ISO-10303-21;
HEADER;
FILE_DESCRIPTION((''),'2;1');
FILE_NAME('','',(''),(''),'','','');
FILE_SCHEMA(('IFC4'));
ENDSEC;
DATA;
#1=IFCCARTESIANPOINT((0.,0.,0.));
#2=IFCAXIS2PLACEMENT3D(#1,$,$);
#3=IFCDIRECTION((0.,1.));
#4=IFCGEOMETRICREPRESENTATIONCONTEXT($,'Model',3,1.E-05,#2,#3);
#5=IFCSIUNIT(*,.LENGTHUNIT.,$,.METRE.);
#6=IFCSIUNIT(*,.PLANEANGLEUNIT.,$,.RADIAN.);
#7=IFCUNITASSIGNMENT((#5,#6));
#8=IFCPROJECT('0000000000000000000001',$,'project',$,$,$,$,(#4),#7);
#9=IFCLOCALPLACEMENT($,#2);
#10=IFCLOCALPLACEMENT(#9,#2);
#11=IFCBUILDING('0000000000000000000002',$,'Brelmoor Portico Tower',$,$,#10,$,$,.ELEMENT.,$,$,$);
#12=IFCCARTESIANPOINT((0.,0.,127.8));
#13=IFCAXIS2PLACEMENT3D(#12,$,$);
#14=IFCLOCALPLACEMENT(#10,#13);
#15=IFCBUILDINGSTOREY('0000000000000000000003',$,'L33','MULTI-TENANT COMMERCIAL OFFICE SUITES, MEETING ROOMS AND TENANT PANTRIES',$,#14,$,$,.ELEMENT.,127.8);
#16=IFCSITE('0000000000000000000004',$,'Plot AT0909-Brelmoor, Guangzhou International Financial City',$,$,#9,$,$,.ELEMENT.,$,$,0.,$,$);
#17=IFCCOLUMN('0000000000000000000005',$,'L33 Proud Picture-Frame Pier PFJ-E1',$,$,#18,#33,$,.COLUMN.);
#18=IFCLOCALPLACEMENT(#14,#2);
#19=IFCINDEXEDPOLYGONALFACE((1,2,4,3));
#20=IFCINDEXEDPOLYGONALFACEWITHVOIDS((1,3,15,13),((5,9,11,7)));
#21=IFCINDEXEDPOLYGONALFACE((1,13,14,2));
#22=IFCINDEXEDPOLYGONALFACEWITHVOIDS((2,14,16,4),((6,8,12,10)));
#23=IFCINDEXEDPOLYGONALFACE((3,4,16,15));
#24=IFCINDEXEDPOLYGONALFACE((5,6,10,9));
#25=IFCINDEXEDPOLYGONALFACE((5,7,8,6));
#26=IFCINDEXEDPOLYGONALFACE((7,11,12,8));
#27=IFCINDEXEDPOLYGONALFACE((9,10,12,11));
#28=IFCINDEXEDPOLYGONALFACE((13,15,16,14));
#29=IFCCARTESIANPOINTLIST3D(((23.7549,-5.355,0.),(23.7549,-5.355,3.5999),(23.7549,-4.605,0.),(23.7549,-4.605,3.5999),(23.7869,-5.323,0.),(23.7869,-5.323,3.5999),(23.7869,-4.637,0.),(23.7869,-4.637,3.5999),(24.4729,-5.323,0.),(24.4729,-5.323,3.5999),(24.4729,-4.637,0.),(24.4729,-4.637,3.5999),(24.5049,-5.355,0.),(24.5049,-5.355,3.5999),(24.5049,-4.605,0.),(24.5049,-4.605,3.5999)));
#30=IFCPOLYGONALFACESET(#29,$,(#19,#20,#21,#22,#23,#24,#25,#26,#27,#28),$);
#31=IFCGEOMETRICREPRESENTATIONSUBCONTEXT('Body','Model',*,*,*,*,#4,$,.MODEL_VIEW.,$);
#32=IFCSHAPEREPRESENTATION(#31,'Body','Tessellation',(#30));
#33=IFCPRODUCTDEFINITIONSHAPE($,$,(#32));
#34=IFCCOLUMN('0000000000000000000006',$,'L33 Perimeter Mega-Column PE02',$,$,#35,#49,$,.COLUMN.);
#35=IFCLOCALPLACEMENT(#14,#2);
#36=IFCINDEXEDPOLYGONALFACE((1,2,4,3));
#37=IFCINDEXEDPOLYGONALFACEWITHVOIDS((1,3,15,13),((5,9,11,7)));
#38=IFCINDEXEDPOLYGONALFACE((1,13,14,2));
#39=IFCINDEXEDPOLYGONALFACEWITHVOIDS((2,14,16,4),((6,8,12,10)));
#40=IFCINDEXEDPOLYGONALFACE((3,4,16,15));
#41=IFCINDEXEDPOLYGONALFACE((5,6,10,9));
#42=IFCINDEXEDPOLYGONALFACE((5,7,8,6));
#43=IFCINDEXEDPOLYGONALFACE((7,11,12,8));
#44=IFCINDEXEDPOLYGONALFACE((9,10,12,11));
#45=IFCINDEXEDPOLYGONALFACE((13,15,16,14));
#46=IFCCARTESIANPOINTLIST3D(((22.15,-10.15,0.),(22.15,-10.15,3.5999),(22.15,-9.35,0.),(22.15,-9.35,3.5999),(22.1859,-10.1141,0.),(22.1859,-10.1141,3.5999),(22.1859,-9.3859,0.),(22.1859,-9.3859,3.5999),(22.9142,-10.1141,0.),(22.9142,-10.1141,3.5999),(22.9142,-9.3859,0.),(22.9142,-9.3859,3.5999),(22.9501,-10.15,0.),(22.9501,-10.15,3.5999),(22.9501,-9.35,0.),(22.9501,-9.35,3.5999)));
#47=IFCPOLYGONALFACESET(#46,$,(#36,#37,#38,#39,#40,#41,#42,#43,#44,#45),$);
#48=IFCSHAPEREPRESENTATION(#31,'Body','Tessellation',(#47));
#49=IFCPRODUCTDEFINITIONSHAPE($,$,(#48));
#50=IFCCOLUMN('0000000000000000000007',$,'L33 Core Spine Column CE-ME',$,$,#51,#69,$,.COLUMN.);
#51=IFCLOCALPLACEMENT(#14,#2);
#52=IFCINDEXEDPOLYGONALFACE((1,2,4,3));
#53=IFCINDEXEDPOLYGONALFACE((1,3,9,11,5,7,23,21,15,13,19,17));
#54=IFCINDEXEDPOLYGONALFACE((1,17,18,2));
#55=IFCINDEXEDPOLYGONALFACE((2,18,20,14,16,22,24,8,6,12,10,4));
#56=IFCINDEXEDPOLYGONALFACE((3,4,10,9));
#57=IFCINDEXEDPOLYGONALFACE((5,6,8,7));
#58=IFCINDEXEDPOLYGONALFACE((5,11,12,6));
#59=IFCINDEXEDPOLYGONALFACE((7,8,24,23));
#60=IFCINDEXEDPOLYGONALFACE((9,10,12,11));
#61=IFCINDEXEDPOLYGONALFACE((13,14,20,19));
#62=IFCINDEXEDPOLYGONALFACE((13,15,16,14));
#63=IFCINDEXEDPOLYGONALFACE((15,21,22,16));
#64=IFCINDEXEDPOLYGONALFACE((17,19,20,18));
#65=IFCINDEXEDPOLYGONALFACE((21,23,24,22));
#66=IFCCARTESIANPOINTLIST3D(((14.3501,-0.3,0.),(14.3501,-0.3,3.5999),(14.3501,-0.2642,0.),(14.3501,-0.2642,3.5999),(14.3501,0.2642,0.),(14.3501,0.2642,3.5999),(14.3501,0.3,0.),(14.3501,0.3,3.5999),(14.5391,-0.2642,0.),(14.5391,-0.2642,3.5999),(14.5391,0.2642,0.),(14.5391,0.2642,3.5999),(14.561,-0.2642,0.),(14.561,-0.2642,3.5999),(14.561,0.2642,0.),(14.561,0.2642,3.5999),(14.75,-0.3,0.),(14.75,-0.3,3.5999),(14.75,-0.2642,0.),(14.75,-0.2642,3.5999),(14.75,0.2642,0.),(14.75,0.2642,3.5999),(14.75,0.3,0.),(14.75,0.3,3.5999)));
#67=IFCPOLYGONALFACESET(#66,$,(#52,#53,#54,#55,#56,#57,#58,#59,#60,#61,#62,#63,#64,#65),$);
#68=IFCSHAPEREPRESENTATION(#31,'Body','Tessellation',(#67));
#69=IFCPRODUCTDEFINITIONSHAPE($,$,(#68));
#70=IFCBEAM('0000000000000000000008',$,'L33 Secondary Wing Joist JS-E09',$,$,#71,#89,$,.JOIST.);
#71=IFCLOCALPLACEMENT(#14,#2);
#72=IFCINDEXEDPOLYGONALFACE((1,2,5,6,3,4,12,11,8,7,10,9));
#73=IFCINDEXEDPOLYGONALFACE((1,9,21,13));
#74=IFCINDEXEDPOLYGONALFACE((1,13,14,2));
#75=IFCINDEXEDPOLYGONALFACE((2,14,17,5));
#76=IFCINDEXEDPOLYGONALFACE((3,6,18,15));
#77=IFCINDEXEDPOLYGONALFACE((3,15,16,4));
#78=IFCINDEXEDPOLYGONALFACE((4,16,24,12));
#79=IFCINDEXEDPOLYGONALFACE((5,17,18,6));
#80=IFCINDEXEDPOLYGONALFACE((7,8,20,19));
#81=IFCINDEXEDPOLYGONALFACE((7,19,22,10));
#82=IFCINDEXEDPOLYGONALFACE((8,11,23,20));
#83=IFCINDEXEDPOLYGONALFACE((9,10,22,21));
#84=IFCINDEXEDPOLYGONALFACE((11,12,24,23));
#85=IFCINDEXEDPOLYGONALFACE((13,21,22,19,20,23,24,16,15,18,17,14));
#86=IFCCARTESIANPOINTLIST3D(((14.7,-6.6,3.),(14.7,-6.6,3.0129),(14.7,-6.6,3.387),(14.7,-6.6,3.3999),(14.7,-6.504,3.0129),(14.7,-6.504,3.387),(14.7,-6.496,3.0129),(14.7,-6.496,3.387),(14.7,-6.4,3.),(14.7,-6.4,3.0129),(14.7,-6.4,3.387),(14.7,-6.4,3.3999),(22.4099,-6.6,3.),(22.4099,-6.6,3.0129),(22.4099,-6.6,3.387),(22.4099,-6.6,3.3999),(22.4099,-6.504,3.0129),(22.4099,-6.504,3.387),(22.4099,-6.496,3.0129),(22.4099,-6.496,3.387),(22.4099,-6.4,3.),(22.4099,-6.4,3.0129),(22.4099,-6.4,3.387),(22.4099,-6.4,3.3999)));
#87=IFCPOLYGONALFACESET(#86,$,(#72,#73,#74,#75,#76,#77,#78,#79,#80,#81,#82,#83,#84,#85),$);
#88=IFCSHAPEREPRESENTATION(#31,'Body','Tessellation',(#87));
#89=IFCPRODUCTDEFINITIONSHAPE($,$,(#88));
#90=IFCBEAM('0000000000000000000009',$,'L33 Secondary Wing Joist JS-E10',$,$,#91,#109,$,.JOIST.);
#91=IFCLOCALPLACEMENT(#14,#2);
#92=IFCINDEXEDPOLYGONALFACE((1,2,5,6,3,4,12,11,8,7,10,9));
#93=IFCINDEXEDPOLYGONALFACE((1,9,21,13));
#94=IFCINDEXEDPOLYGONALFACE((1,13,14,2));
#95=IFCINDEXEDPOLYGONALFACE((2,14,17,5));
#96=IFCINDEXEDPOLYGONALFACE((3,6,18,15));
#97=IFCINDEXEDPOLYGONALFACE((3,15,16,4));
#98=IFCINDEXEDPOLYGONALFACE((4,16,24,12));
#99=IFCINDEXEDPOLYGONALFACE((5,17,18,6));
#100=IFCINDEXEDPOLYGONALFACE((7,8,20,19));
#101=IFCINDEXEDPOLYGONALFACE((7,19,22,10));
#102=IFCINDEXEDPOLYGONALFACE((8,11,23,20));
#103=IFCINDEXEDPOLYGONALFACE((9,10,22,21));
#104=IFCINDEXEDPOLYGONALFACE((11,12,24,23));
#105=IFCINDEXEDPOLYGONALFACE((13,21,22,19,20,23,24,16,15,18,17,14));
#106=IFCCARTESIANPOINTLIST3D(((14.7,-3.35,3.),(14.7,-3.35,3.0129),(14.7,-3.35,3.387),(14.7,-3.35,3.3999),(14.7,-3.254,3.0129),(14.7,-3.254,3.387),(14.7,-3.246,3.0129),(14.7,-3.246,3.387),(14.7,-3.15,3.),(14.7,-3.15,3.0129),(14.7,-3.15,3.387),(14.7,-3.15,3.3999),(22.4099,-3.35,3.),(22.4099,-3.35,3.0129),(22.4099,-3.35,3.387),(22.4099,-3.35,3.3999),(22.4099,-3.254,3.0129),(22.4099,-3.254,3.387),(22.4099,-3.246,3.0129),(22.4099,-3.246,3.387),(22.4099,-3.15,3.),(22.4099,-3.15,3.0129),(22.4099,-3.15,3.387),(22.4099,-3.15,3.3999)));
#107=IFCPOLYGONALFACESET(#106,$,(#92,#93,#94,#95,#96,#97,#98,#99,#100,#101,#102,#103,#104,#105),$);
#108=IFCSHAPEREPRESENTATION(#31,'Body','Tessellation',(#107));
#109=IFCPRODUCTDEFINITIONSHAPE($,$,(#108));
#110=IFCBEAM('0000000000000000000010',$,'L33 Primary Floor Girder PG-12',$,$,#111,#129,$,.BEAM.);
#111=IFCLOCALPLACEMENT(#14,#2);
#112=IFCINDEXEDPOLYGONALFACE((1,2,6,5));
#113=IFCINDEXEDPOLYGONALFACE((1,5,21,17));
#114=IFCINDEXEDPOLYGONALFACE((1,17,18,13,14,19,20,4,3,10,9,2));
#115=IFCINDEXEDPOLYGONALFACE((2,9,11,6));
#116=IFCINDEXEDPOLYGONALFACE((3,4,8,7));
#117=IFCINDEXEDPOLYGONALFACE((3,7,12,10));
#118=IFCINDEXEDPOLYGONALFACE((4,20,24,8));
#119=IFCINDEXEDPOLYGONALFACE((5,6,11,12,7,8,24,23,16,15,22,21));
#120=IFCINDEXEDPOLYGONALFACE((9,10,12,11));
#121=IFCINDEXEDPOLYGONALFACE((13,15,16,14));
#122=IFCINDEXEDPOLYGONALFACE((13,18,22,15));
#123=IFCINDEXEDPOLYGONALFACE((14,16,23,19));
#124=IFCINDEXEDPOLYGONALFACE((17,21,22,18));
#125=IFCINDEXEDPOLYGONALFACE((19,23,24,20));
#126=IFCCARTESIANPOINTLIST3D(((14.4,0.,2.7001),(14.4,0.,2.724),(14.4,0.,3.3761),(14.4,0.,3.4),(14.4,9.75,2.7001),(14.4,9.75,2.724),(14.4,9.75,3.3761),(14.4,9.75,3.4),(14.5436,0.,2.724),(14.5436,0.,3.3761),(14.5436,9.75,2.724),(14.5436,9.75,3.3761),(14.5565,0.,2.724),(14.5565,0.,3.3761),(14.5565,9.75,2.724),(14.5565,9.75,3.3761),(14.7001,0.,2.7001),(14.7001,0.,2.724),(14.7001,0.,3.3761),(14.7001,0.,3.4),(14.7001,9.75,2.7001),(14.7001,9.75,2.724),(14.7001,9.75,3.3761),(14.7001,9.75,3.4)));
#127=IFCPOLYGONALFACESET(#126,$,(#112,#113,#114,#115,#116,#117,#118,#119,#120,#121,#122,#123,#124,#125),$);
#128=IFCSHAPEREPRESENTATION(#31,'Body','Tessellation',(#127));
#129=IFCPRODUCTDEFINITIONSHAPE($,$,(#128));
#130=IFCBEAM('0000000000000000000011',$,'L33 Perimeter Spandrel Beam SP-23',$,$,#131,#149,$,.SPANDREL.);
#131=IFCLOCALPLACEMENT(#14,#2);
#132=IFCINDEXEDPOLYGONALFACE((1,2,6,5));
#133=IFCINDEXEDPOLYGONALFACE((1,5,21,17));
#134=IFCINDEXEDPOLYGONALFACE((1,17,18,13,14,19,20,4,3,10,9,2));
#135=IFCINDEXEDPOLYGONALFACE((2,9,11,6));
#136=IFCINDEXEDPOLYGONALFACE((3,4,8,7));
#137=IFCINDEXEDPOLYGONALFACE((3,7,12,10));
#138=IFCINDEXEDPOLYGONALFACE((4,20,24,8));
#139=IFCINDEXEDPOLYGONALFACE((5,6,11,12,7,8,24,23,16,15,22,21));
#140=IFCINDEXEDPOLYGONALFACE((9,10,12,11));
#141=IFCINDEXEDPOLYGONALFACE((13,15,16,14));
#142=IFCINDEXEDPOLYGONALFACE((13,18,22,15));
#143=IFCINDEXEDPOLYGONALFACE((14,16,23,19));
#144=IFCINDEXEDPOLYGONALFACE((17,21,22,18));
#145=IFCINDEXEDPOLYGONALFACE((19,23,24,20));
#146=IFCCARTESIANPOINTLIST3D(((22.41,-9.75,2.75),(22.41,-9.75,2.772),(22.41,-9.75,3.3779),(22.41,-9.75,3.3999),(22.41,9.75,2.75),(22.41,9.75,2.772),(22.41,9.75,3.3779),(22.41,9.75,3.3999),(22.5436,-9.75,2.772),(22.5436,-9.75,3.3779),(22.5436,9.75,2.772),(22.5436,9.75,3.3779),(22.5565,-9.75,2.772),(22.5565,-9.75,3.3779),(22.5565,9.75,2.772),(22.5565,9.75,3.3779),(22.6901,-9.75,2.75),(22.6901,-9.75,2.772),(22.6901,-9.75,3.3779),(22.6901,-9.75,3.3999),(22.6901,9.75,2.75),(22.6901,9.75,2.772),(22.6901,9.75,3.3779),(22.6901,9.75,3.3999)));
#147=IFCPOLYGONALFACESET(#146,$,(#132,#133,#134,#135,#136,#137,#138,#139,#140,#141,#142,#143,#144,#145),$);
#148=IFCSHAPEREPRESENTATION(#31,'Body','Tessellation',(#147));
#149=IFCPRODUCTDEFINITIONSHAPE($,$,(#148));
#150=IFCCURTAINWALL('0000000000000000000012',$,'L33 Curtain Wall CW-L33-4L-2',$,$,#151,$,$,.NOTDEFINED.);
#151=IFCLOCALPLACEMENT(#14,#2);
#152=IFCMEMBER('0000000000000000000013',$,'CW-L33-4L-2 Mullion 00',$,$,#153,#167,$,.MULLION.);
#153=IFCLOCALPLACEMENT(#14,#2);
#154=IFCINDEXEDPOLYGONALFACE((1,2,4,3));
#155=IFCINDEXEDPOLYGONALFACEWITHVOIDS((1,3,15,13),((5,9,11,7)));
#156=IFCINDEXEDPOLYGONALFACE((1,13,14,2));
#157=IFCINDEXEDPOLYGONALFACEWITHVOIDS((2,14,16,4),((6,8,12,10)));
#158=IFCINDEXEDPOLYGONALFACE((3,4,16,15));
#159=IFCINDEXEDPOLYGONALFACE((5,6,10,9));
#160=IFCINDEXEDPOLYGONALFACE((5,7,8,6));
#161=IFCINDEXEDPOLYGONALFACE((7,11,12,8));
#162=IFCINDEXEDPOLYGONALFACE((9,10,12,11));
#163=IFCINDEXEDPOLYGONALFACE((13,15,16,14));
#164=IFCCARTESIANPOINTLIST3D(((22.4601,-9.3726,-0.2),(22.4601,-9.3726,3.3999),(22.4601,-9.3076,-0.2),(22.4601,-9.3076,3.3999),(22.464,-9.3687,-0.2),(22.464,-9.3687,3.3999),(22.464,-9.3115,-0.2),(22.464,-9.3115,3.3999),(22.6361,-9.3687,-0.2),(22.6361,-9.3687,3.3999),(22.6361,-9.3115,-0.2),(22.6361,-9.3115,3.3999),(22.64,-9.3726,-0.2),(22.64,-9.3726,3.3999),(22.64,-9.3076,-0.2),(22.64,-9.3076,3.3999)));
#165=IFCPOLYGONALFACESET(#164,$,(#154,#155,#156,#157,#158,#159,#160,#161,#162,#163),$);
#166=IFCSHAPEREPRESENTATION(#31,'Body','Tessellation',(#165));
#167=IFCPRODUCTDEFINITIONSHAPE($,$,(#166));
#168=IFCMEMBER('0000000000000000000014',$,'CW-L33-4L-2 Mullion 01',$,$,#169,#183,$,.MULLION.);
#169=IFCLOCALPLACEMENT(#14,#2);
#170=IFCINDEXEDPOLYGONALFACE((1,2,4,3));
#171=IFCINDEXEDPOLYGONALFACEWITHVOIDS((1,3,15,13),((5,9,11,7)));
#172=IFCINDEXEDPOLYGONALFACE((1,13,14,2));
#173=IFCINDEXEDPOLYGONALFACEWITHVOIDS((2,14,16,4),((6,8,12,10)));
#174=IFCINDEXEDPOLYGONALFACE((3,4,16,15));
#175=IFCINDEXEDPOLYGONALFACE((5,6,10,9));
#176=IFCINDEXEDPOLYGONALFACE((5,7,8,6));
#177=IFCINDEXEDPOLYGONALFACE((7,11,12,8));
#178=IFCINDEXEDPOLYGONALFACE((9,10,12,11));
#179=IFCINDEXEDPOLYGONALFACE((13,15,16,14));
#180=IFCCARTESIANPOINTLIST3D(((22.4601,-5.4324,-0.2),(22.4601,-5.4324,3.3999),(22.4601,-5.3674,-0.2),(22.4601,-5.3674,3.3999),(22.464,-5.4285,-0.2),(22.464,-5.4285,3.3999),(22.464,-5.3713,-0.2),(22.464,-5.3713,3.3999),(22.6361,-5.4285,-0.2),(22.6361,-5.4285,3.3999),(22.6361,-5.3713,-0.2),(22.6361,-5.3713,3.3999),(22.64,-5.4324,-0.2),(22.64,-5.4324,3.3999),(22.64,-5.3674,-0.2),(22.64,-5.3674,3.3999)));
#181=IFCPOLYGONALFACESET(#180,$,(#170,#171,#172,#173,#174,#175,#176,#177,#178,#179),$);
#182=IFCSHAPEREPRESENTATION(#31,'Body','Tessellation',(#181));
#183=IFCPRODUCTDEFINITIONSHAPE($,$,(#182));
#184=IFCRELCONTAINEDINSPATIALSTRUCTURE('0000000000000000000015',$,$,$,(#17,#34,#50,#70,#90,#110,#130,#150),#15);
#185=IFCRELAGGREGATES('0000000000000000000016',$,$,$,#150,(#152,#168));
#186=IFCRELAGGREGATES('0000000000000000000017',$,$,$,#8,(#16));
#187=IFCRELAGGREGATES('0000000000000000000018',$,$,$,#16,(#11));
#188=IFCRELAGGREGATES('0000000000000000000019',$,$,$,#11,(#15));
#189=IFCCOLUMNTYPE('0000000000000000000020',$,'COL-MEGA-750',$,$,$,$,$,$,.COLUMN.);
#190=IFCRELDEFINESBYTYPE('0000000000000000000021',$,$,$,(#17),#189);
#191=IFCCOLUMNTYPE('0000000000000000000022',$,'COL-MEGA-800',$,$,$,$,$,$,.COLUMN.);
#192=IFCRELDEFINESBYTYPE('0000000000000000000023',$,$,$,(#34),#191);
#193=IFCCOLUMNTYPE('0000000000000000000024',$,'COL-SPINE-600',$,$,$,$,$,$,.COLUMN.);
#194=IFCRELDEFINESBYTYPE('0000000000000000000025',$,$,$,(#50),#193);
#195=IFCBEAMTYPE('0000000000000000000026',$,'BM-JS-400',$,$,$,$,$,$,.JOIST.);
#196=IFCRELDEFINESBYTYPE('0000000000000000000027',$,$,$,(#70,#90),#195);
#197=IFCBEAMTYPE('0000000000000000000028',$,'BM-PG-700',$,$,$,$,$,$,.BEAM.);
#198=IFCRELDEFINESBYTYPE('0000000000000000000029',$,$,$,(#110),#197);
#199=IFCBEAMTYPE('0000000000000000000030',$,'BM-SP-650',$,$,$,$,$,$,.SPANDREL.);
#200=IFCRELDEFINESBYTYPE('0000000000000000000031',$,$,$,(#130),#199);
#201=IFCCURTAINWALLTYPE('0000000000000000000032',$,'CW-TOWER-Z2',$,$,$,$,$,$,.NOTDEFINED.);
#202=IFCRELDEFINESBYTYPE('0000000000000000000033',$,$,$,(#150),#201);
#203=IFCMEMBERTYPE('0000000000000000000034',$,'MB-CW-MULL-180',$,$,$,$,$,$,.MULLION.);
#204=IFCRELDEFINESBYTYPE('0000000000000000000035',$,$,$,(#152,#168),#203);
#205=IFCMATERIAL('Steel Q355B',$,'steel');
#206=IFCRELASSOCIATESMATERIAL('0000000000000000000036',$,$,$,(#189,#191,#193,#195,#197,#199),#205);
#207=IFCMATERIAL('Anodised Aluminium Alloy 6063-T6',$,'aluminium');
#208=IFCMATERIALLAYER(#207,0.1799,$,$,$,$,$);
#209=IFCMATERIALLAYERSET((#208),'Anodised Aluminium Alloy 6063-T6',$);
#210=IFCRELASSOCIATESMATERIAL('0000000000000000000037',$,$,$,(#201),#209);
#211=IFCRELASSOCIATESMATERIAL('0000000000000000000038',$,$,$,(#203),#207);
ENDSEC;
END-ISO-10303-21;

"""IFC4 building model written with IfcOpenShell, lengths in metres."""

from ifc_helpers import new_model, si_unit, direction, frame, origin, origin_2d, place, context, subcontext, project, spatial, hollow_rectangle, i_section, extrude, material, layer, layer_set, material_profile, profile_set, type_object, element, aggregate, save


model = new_model("IFC4")

# Units and contexts
model_context = context("Model", 3, precision=1e-05, world=origin(), true_north=direction((0.0, 1.0)))
body_context = subcontext(model_context, "Body", "Model", "MODEL_VIEW")
ifc_project = project(units=[si_unit("LENGTHUNIT", "METRE"), si_unit("PLANEANGLEUNIT", "RADIAN")], contexts=[model_context])

# Site, building, storey
site_placement = place(None, origin())
site = spatial("IfcSite", under=ifc_project, at=site_placement, Name="Plot AT0909-Brelmoor, Guangzhou International Financial City", CompositionType="ELEMENT", RefElevation=0.0)
building_placement = place(site_placement, origin())
building = spatial("IfcBuilding", under=site, at=building_placement, Name="Brelmoor Portico Tower", CompositionType="ELEMENT")
storey_placement = place(building_placement, frame((0.0, 0.0, 127.8)))
storey = spatial("IfcBuildingStorey", under=building, at=storey_placement, Name="L33", Description="MULTI-TENANT COMMERCIAL OFFICE SUITES, MEETING ROOMS AND TENANT PANTRIES", CompositionType="ELEMENT", Elevation=127.8)

# Columns
ifc_material_1 = material(Name="Steel Q355B", Category="steel")
ifc_material_profile_1 = material_profile(ifc_material_1, hollow_rectangle(XDim=0.75, YDim=0.75, WallThickness=0.032, at=origin_2d()), Name="BOX 750x750x32")
ifc_profile_set_1 = profile_set([ifc_material_profile_1], Name="Steel Q355B")
column_type_1 = type_object("IfcColumnType", Name="COL-MEGA-750", PredefinedType="COLUMN", material=ifc_profile_set_1)
column_1_placement = place(storey_placement, frame((24.1299, -4.98, 0.0), z_axis=(0.0, 0.0, 1.0), x_axis=(0.0, 1.0, 0.0)))
element("IfcColumn", 1, at=column_1_placement, inside=storey, type_object=column_type_1, Name="L33 Proud Picture-Frame Pier PFJ-E1", PredefinedType="COLUMN", context=body_context, shape_type="SweptSolid", body=[
    extrude(hollow_rectangle(XDim=0.75, YDim=0.75, WallThickness=0.032, at=origin_2d()), origin(), (0.0, 0.0, 1.0), 3.5999),
])
ifc_material_profile_2 = material_profile(ifc_material_1, hollow_rectangle(XDim=0.8, YDim=0.8, WallThickness=0.0359, at=origin_2d()), Name="BOX 800x800x36")
ifc_profile_set_2 = profile_set([ifc_material_profile_2], Name="Steel Q355B")
column_type_2 = type_object("IfcColumnType", Name="COL-MEGA-800", PredefinedType="COLUMN", material=ifc_profile_set_2)
column_2_placement = place(storey_placement, frame((22.55, -9.75, 0.0), z_axis=(0.0, 0.0, 1.0), x_axis=(0.0, 1.0, 0.0)))
element("IfcColumn", 2, at=column_2_placement, inside=storey, type_object=column_type_2, Name="L33 Perimeter Mega-Column PE02", PredefinedType="COLUMN", context=body_context, shape_type="SweptSolid", body=[
    extrude(hollow_rectangle(XDim=0.8, YDim=0.8, WallThickness=0.0359, at=origin_2d()), origin(), (0.0, 0.0, 1.0), 3.5999),
])
ifc_material_profile_3 = material_profile(ifc_material_1, i_section(OverallWidth=0.3999, OverallDepth=0.6001, WebThickness=0.022, FlangeThickness=0.0359, at=origin_2d()), Name="HW 600x400x22x36")
ifc_profile_set_3 = profile_set([ifc_material_profile_3], Name="Steel Q355B")
column_type_3 = type_object("IfcColumnType", Name="COL-SPINE-600", PredefinedType="COLUMN", material=ifc_profile_set_3)
column_3_placement = place(storey_placement, frame((14.55, 0.0, 0.0), z_axis=(0.0, 0.0, 1.0), x_axis=(1.0, 0.0, 0.0)))
element("IfcColumn", 3, at=column_3_placement, inside=storey, type_object=column_type_3, Name="L33 Core Spine Column CE-ME", PredefinedType="COLUMN", context=body_context, shape_type="SweptSolid", body=[
    extrude(i_section(OverallWidth=0.3999, OverallDepth=0.6001, WebThickness=0.022, FlangeThickness=0.0359, at=origin_2d()), origin(), (0.0, 0.0, 1.0), 3.5999),
])

# Beams
ifc_material_profile_4 = material_profile(ifc_material_1, i_section(OverallWidth=0.2, OverallDepth=0.3999, WebThickness=0.0081, FlangeThickness=0.0129, at=origin_2d()), Name="HN 400x200x8x13")
ifc_profile_set_4 = profile_set([ifc_material_profile_4], Name="Steel Q355B")
beam_type_1 = type_object("IfcBeamType", Name="BM-JS-400", PredefinedType="JOIST", material=ifc_profile_set_4)
for number, where, z_axis, x_axis, name in (
    (4, (14.7, -6.5, 3.2), (1.0, 0.0, 0.0), (0.0, 1.0, 0.0), "L33 Secondary Wing Joist JS-E09"),
    (5, (14.7, -3.25, 3.2), (1.0, 0.0, 0.0), (0.0, 1.0, 0.0), "L33 Secondary Wing Joist JS-E10"),
):
    element("IfcBeam", number, at=place(storey_placement, frame(where, z_axis=z_axis, x_axis=x_axis)), inside=storey, type_object=beam_type_1, Name=name, PredefinedType="JOIST", context=body_context, shape_type="SweptSolid", body=[
        extrude(i_section(OverallWidth=0.2, OverallDepth=0.3999, WebThickness=0.0081, FlangeThickness=0.0129, at=origin_2d()), origin(), (0.0, 0.0, 1.0), 7.71),
    ])
ifc_material_profile_5 = material_profile(ifc_material_1, i_section(OverallWidth=0.3, OverallDepth=0.7, WebThickness=0.0129, FlangeThickness=0.0239, at=origin_2d()), Name="HN 700x300x13x24")
ifc_profile_set_5 = profile_set([ifc_material_profile_5], Name="Steel Q355B")
beam_type_2 = type_object("IfcBeamType", Name="BM-PG-700", PredefinedType="BEAM", material=ifc_profile_set_5)
beam_1_placement = place(storey_placement, frame((14.55, 0.0, 3.05), z_axis=(0.0, 1.0, 0.0), x_axis=(-1.0, 0.0, 0.0)))
element("IfcBeam", 6, at=beam_1_placement, inside=storey, type_object=beam_type_2, Name="L33 Primary Floor Girder PG-12", PredefinedType="BEAM", context=body_context, shape_type="SweptSolid", body=[
    extrude(i_section(OverallWidth=0.3, OverallDepth=0.7, WebThickness=0.0129, FlangeThickness=0.0239, at=origin_2d()), origin(), (0.0, 0.0, 1.0), 9.75),
])
ifc_material_profile_6 = material_profile(ifc_material_1, i_section(OverallWidth=0.28, OverallDepth=0.6499, WebThickness=0.0129, FlangeThickness=0.022, at=origin_2d()), Name="HN 650x280x13x22")
ifc_profile_set_6 = profile_set([ifc_material_profile_6], Name="Steel Q355B")
beam_type_3 = type_object("IfcBeamType", Name="BM-SP-650", PredefinedType="SPANDREL", material=ifc_profile_set_6)
beam_2_placement = place(storey_placement, frame((22.55, -9.75, 3.075), z_axis=(0.0, 1.0, 0.0), x_axis=(-1.0, 0.0, 0.0)))
element("IfcBeam", 7, at=beam_2_placement, inside=storey, type_object=beam_type_3, Name="L33 Perimeter Spandrel Beam SP-23", PredefinedType="SPANDREL", context=body_context, shape_type="SweptSolid", body=[
    extrude(i_section(OverallWidth=0.28, OverallDepth=0.6499, WebThickness=0.0129, FlangeThickness=0.022, at=origin_2d()), origin(), (0.0, 0.0, 1.0), 19.5),
])

# Curtain wall, members
ifc_material_2 = material(Name="Anodised Aluminium Alloy 6063-T6", Category="aluminium")
ifc_layer_1 = layer(ifc_material_2, 0.1799)
ifc_layer_set_1 = layer_set([ifc_layer_1], Name="Anodised Aluminium Alloy 6063-T6")
curtain_wall_type = type_object("IfcCurtainWallType", Name="CW-TOWER-Z2", PredefinedType="NOTDEFINED", material=ifc_layer_set_1)
curtain_wall_placement = place(storey_placement, origin())
curtain_wall = element("IfcCurtainWall", 8, at=curtain_wall_placement, inside=storey, type_object=curtain_wall_type, Name="L33 Curtain Wall CW-L33-4L-2", PredefinedType="NOTDEFINED")
ifc_material_profile_7 = material_profile(ifc_material_2, hollow_rectangle(XDim=0.0649, YDim=0.1799, WallThickness=0.0039, at=origin_2d()), Name="ALU MULLION 65x180")
ifc_profile_set_7 = profile_set([ifc_material_profile_7], Name="Anodised Aluminium Alloy 6063-T6")
member_type_1 = type_object("IfcMemberType", Name="MB-CW-MULL-180", PredefinedType="MULLION", material=ifc_profile_set_7)
member_1_placement = place(storey_placement, frame((22.55, -9.3401, -0.2), z_axis=(0.0, 0.0, 1.0), x_axis=(0.0, 1.0, 0.0)))
member_1 = element("IfcMember", 9, at=member_1_placement, type_object=member_type_1, Name="CW-L33-4L-2 Mullion 00", PredefinedType="MULLION", context=body_context, shape_type="SweptSolid", body=[
    extrude(hollow_rectangle(XDim=0.0649, YDim=0.1799, WallThickness=0.0039, at=origin_2d()), origin(), (0.0, 0.0, 1.0), 3.5999),
])
member_2_placement = place(storey_placement, frame((22.55, -5.3999, -0.2), z_axis=(0.0, 0.0, 1.0), x_axis=(0.0, 1.0, 0.0)))
member_2 = element("IfcMember", 10, at=member_2_placement, type_object=member_type_1, Name="CW-L33-4L-2 Mullion 01", PredefinedType="MULLION", context=body_context, shape_type="SweptSolid", body=[
    extrude(hollow_rectangle(XDim=0.0649, YDim=0.1799, WallThickness=0.0039, at=origin_2d()), origin(), (0.0, 0.0, 1.0), 3.5999),
])

aggregate(curtain_wall, [member_1, member_2])

save(model, "model.ifc")
